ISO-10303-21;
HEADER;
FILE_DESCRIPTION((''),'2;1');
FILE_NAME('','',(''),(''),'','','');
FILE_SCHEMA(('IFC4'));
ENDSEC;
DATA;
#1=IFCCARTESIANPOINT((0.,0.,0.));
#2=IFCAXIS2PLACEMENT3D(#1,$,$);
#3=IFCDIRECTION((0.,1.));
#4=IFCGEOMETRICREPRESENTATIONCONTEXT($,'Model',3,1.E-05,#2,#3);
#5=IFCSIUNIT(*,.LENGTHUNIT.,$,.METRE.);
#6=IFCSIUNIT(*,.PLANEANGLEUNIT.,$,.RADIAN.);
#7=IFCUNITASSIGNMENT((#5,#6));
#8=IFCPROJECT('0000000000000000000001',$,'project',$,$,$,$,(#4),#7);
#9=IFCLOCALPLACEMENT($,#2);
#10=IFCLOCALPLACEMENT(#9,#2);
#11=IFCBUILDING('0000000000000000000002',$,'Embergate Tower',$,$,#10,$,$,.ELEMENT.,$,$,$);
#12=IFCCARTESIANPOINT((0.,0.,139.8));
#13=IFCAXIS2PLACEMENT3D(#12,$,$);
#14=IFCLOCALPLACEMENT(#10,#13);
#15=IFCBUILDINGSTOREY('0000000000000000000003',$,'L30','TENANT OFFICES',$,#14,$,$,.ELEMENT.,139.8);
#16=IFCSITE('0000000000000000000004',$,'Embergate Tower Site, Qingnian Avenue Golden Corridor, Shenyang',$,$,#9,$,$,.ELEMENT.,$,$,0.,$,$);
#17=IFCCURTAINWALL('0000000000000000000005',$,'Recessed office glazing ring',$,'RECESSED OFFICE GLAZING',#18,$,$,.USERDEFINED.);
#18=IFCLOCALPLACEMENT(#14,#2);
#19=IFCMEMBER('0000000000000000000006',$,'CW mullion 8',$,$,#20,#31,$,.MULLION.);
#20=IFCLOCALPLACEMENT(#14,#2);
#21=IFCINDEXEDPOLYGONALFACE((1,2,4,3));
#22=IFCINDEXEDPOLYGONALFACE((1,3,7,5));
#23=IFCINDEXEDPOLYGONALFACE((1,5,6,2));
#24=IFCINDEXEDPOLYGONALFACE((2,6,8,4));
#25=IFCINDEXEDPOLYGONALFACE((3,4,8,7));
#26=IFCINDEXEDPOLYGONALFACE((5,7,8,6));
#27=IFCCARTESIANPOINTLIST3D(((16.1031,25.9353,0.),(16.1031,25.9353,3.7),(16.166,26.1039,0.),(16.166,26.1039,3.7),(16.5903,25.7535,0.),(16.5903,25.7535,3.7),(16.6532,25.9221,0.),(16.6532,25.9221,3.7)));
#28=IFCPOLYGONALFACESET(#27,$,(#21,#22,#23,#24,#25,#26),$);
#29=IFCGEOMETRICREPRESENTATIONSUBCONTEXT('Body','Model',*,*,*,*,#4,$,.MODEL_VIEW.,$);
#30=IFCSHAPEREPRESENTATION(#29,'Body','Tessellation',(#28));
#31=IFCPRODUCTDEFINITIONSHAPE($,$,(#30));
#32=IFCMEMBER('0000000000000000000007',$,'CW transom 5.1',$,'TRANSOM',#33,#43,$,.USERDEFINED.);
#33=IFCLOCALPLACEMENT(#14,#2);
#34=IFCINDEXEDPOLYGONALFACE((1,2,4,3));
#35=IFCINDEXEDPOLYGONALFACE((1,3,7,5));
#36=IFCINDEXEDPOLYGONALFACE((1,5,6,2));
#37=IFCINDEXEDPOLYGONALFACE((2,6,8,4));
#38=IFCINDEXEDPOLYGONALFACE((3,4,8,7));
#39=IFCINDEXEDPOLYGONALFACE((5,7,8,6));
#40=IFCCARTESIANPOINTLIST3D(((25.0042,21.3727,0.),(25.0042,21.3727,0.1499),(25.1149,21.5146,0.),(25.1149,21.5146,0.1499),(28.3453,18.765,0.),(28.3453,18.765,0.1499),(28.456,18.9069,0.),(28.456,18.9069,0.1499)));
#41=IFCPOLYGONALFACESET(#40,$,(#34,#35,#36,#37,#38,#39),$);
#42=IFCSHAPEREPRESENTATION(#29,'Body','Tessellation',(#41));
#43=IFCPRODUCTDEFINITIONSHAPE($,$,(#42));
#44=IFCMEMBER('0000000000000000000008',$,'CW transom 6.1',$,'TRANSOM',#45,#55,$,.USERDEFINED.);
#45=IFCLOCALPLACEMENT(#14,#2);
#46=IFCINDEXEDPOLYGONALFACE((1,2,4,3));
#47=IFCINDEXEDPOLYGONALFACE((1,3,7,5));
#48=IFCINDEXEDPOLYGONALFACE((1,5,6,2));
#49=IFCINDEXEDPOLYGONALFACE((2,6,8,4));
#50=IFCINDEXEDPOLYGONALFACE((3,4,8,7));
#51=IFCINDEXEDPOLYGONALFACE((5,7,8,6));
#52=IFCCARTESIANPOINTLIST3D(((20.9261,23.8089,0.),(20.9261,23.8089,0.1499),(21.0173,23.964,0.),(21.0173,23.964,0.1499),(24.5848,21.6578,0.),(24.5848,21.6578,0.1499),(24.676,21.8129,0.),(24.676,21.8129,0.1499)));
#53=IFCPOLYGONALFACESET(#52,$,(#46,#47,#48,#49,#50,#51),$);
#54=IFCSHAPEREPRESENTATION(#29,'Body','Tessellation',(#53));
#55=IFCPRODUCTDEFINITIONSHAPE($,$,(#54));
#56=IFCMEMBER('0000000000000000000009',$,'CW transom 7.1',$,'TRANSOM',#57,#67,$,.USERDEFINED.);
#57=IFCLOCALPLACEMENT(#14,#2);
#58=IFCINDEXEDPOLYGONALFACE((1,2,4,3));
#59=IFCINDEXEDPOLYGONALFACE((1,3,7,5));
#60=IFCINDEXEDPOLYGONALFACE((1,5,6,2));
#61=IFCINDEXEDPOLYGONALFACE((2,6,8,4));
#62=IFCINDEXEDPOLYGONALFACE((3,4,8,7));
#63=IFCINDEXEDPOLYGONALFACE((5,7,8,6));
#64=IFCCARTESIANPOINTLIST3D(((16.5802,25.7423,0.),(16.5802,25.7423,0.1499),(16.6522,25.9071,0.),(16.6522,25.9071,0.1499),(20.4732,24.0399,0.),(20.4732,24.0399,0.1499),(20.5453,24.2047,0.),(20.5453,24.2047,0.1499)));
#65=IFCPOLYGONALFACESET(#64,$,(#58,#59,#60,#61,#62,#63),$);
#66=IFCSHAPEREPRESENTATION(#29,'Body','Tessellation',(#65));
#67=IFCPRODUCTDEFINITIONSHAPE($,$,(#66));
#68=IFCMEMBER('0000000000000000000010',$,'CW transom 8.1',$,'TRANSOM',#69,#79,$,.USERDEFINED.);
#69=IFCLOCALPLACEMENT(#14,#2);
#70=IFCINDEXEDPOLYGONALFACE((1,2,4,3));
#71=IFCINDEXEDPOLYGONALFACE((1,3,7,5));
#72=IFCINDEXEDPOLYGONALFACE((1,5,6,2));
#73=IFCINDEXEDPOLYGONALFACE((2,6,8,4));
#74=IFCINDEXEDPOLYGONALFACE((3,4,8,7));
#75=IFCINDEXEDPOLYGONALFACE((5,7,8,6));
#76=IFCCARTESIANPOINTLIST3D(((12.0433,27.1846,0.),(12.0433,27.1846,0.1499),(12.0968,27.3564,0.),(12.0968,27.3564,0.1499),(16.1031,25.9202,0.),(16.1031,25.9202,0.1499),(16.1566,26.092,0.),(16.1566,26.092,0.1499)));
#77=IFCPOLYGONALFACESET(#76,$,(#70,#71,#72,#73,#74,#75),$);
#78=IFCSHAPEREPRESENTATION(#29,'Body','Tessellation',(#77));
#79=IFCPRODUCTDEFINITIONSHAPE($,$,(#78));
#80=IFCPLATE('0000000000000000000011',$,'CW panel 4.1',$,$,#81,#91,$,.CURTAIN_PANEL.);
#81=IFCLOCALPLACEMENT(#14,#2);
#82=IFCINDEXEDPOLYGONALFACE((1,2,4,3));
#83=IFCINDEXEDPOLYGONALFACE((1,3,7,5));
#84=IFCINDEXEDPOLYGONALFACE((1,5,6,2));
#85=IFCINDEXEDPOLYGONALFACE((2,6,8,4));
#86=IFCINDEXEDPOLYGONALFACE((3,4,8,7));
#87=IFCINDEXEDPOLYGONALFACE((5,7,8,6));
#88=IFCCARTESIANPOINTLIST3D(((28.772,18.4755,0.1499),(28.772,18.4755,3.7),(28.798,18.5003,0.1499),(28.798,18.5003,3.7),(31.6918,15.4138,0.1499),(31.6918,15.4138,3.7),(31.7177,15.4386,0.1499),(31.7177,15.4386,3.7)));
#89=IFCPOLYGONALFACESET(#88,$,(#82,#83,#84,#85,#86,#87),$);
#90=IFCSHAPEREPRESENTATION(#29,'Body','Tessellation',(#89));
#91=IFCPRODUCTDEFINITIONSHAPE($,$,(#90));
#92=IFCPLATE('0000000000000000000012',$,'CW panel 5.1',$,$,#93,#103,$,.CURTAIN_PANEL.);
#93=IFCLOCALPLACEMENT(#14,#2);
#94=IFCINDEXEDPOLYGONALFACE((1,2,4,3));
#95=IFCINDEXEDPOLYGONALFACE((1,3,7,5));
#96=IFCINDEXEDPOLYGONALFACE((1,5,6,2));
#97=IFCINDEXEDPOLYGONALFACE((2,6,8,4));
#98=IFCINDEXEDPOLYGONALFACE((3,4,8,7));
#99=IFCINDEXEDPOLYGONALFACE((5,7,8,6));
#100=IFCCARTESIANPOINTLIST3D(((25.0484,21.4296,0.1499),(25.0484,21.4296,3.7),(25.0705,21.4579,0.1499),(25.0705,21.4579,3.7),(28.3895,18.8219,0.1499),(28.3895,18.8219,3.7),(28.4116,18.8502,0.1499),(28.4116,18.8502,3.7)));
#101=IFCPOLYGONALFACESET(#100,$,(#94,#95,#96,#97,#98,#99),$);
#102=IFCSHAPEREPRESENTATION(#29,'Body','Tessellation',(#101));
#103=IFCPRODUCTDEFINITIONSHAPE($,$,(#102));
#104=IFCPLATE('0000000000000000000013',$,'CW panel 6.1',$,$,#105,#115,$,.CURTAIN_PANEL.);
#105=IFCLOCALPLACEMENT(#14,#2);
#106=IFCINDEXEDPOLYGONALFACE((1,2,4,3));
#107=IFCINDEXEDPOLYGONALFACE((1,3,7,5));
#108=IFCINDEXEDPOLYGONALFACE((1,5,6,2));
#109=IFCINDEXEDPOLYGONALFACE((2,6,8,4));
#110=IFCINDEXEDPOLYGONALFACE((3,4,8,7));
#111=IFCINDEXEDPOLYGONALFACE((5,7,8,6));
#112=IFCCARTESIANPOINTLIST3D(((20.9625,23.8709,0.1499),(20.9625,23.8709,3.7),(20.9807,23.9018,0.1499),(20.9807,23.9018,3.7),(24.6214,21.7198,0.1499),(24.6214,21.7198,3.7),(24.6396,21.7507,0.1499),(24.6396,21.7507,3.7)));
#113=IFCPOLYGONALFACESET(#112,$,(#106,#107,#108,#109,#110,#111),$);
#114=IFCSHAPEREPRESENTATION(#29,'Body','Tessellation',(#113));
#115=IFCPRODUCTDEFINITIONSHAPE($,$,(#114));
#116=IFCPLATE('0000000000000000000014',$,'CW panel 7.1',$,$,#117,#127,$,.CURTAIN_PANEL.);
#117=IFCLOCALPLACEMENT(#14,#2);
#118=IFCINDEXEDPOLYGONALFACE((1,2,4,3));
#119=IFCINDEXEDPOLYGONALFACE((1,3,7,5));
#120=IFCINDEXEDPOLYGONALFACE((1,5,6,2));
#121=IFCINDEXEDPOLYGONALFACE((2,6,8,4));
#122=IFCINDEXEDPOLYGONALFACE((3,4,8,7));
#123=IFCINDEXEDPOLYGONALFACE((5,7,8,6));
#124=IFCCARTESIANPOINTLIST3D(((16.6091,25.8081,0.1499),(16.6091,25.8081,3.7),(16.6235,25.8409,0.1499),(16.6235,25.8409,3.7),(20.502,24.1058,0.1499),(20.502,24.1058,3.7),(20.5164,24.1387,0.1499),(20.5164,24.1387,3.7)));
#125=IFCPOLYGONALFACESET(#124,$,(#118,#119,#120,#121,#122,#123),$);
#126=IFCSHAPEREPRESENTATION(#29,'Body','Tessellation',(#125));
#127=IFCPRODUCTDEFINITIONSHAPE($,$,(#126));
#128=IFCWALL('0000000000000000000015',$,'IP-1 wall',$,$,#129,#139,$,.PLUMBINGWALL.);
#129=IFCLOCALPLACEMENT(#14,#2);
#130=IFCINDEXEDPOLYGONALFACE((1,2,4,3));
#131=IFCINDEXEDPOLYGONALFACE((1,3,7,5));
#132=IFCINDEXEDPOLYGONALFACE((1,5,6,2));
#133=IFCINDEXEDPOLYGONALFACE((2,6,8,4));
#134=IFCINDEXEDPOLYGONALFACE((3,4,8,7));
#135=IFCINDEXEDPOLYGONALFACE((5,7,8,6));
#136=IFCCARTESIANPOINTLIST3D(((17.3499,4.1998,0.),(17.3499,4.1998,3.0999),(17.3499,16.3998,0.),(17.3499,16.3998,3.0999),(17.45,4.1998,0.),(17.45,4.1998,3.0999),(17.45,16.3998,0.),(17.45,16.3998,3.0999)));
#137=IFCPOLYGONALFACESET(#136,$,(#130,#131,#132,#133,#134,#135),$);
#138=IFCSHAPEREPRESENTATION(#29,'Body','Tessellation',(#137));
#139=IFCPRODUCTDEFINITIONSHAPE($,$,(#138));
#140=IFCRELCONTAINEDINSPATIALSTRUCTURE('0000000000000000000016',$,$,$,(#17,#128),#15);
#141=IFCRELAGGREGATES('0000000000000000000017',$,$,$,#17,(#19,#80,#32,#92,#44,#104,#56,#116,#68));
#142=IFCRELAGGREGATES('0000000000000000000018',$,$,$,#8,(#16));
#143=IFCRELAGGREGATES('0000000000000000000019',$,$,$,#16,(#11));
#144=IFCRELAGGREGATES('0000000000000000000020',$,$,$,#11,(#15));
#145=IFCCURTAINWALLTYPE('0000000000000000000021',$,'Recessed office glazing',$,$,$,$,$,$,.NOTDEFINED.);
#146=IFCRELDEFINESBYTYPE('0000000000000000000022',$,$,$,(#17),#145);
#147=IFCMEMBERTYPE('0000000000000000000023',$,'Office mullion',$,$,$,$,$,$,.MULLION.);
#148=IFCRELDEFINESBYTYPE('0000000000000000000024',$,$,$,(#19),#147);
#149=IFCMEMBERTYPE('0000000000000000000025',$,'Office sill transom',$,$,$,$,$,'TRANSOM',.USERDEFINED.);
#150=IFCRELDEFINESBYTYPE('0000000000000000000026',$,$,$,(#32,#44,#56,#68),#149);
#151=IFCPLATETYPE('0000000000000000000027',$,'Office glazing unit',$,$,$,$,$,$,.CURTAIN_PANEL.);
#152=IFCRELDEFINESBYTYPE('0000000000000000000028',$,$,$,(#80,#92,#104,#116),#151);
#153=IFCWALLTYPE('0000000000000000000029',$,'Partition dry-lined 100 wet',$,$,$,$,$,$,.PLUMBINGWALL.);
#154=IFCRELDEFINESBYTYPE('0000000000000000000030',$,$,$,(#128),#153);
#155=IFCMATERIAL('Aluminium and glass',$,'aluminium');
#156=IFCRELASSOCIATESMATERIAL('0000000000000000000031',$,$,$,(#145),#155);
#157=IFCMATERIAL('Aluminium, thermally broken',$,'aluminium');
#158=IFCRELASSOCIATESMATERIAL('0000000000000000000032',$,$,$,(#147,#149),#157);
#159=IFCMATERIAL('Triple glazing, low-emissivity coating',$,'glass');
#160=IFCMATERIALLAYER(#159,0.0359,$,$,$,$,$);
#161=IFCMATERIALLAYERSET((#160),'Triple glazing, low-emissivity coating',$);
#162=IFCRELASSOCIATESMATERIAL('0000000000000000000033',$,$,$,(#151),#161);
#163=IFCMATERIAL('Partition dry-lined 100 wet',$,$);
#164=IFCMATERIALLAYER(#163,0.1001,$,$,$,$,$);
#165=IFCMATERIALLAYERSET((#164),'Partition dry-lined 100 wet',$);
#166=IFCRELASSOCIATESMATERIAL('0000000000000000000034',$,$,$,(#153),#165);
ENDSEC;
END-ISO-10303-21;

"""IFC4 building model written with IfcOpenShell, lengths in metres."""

from ifc_helpers import new_model, si_unit, direction, frame, frame_2d, origin, origin_2d, place, context, subcontext, project, spatial, rectangle, extrude, source, transform, mapped, material, layer, layer_set, material_profile, profile_set, type_object, element, aggregate, save


model = new_model("IFC4")

# Units and contexts
model_context = context("Model", 3, precision=1e-05, world=origin(), true_north=direction((0.0, 1.0)))
body_context = subcontext(model_context, "Body", "Model", "MODEL_VIEW")
ifc_project = project(units=[si_unit("LENGTHUNIT", "METRE"), si_unit("PLANEANGLEUNIT", "RADIAN")], contexts=[model_context])

# Site, building, storey
site_placement = place(None, origin())
site = spatial("IfcSite", under=ifc_project, at=site_placement, Name="Embergate Tower Site, Qingnian Avenue Golden Corridor, Shenyang", CompositionType="ELEMENT", RefElevation=0.0)
building_placement = place(site_placement, origin())
building = spatial("IfcBuilding", under=site, at=building_placement, Name="Embergate Tower", CompositionType="ELEMENT")
storey_placement = place(building_placement, frame((0.0, 0.0, 139.8)))
storey = spatial("IfcBuildingStorey", under=building, at=storey_placement, Name="L30", Description="TENANT OFFICES", CompositionType="ELEMENT", Elevation=139.8)

# Curtain wall, members, plates
ifc_material_1 = material(Name="Aluminium and glass", Category="aluminium")
curtain_wall_type = type_object("IfcCurtainWallType", Name="Recessed office glazing", PredefinedType="NOTDEFINED", material=ifc_material_1)
curtain_wall_placement = place(storey_placement, origin())
curtain_wall = element("IfcCurtainWall", 1, at=curtain_wall_placement, inside=storey, type_object=curtain_wall_type, Name="Recessed office glazing ring", ObjectType="RECESSED OFFICE GLAZING", PredefinedType="USERDEFINED")
ifc_material_2 = material(Name="Aluminium, thermally broken", Category="aluminium")
ifc_material_profile_1 = material_profile(ifc_material_2, rectangle(XDim=0.1799, YDim=0.52, at=origin_2d()), Name="AL 520x180")
ifc_profile_set_1 = profile_set([ifc_material_profile_1], Name="Aluminium, thermally broken")
member_type_1 = type_object("IfcMemberType", Name="Office mullion", PredefinedType="MULLION", material=ifc_profile_set_1)
shared_shape_1 = source(origin(), body_context, "Body", "SweptSolid", [
    extrude(rectangle(XDim=0.1799, YDim=0.52, at=origin_2d()), origin(), (0.0, 0.0, 1.0), 3.7),
])
member_1_placement = place(storey_placement, frame((16.3782, 25.9287, 0.0), z_axis=(0.0, 0.0, 1.0), x_axis=(-0.349501, -0.936936, 0.0)))
member_1 = element("IfcMember", 2, at=member_1_placement, type_object=member_type_1, Name="CW mullion 8", PredefinedType="MULLION", context=body_context, shape_type="MappedRepresentation", body=[
    mapped(shared_shape_1, transform((0.0, 0.0, 0.0))),
])
ifc_material_profile_2 = material_profile(ifc_material_2, rectangle(XDim=0.1799, YDim=0.1499, at=origin_2d()), Name="AL 150x180")
ifc_profile_set_2 = profile_set([ifc_material_profile_2], Name="Aluminium, thermally broken")
member_type_2 = type_object("IfcMemberType", Name="Office sill transom", ElementType="TRANSOM", PredefinedType="USERDEFINED", material=ifc_profile_set_2)
shared_shape_2 = source(origin(), body_context, "Body", "SweptSolid", [
    extrude(rectangle(XDim=0.1799, YDim=0.1499, at=origin_2d()), origin(), (0.0, 0.0, 1.0), 4.2383),
])
member_2_placement = place(storey_placement, frame((28.4006, 18.8359, 0.075), z_axis=(-0.788315, 0.615272, 0.0), x_axis=(-0.615272, -0.788315, 0.0)))
member_2 = element("IfcMember", 3, at=member_2_placement, type_object=member_type_2, Name="CW transom 5.1", ObjectType="TRANSOM", PredefinedType="USERDEFINED", context=body_context, shape_type="MappedRepresentation", body=[
    mapped(shared_shape_2, transform((0.0, 0.0, 0.0))),
])
shared_shape_3 = source(origin(), body_context, "Body", "SweptSolid", [
    extrude(rectangle(XDim=0.1799, YDim=0.1499, at=origin_2d()), origin(), (0.0, 0.0, 1.0), 4.2441),
])
member_3_placement = place(storey_placement, frame((24.6304, 21.7354, 0.075), z_axis=(-0.862042, 0.506837, 0.0), x_axis=(-0.506837, -0.862042, 0.0)))
member_3 = element("IfcMember", 4, at=member_3_placement, type_object=member_type_2, Name="CW transom 6.1", ObjectType="TRANSOM", PredefinedType="USERDEFINED", context=body_context, shape_type="MappedRepresentation", body=[
    mapped(shared_shape_3, transform((0.0, 0.0, 0.0))),
])
shared_shape_4 = source(origin(), body_context, "Body", "SweptSolid", [
    extrude(rectangle(XDim=0.1799, YDim=0.1499, at=origin_2d()), origin(), (0.0, 0.0, 1.0), 4.249),
])
member_4_placement = place(storey_placement, frame((20.5093, 24.1223, 0.075), z_axis=(-0.916229, 0.400656, 0.0), x_axis=(-0.400656, -0.916229, 0.0)))
member_4 = element("IfcMember", 5, at=member_4_placement, type_object=member_type_2, Name="CW transom 7.1", ObjectType="TRANSOM", PredefinedType="USERDEFINED", context=body_context, shape_type="MappedRepresentation", body=[
    mapped(shared_shape_4, transform((0.0, 0.0, 0.0))),
])
shared_shape_5 = source(origin(), body_context, "Body", "SweptSolid", [
    extrude(rectangle(XDim=0.1799, YDim=0.1499, at=origin_2d()), origin(), (0.0, 0.0, 1.0), 4.2522),
])
member_5_placement = place(storey_placement, frame((16.1299, 26.0061, 0.075), z_axis=(-0.954767, 0.297356, 0.0), x_axis=(-0.297356, -0.954767, 0.0)))
member_5 = element("IfcMember", 6, at=member_5_placement, type_object=member_type_2, Name="CW transom 8.1", ObjectType="TRANSOM", PredefinedType="USERDEFINED", context=body_context, shape_type="MappedRepresentation", body=[
    mapped(shared_shape_5, transform((0.0, 0.0, 0.0))),
])
ifc_material_3 = material(Name="Triple glazing, low-emissivity coating", Category="glass")
ifc_layer_1 = layer(ifc_material_3, 0.0359)
ifc_layer_set_1 = layer_set([ifc_layer_1], Name="Triple glazing, low-emissivity coating")
plate_type = type_object("IfcPlateType", Name="Office glazing unit", PredefinedType="CURTAIN_PANEL", material=ifc_layer_set_1)
shared_shape_6 = source(origin(), body_context, "Body", "SweptSolid", [
    extrude(rectangle(XDim=4.2307, YDim=0.0359, at=origin_2d()), origin(), (0.0, 0.0, 1.0), 3.55),
])
plate_1_placement = place(storey_placement, frame((30.2449, 16.957, 0.1499), z_axis=(0.0, 0.0, 1.0), x_axis=(-0.690138, 0.723678, 0.0)))
plate_1 = element("IfcPlate", 7, at=plate_1_placement, type_object=plate_type, Name="CW panel 4.1", PredefinedType="CURTAIN_PANEL", context=body_context, shape_type="MappedRepresentation", body=[
    mapped(shared_shape_6, transform((0.0, 0.0, 0.0))),
])
shared_shape_7 = source(origin(), body_context, "Body", "SweptSolid", [
    extrude(rectangle(XDim=4.2383, YDim=0.0359, at=origin_2d()), origin(), (0.0, 0.0, 1.0), 3.55),
])
plate_2_placement = place(storey_placement, frame((26.73, 20.1399, 0.1499), z_axis=(0.0, 0.0, 1.0), x_axis=(-0.788322, 0.615263, 0.0)))
plate_2 = element("IfcPlate", 8, at=plate_2_placement, type_object=plate_type, Name="CW panel 5.1", PredefinedType="CURTAIN_PANEL", context=body_context, shape_type="MappedRepresentation", body=[
    mapped(shared_shape_7, transform((0.0, 0.0, 0.0))),
])
shared_shape_8 = source(origin(), body_context, "Body", "SweptSolid", [
    extrude(rectangle(XDim=4.2444, YDim=0.0359, at=origin_2d()), origin(), (0.0, 0.0, 1.0), 3.55),
])
plate_3_placement = place(storey_placement, frame((22.801, 22.8108, 0.1499), z_axis=(0.0, 0.0, 1.0), x_axis=(-0.862055, 0.506815, 0.0)))
plate_3 = element("IfcPlate", 9, at=plate_3_placement, type_object=plate_type, Name="CW panel 6.1", PredefinedType="CURTAIN_PANEL", context=body_context, shape_type="MappedRepresentation", body=[
    mapped(shared_shape_8, transform((0.0, 0.0, 0.0))),
])
shared_shape_9 = source(origin(), body_context, "Body", "SweptSolid", [
    extrude(rectangle(XDim=4.2488, YDim=0.0359, at=origin_2d()), origin(), (0.0, 0.0, 1.0), 3.55),
])
plate_4_placement = place(storey_placement, frame((18.5627, 24.9734, 0.1499), z_axis=(0.0, 0.0, 1.0), x_axis=(-0.916237, 0.400637, 0.0)))
plate_4 = element("IfcPlate", 10, at=plate_4_placement, type_object=plate_type, Name="CW panel 7.1", PredefinedType="CURTAIN_PANEL", context=body_context, shape_type="MappedRepresentation", body=[
    mapped(shared_shape_9, transform((0.0, 0.0, 0.0))),
])
aggregate(curtain_wall, [member_1, plate_1, member_2, plate_2, member_3, plate_3, member_4, plate_4, member_5])

# Wall
ifc_material_4 = material(Name="Partition dry-lined 100 wet")
ifc_layer_2 = layer(ifc_material_4, 0.1001)
ifc_layer_set_2 = layer_set([ifc_layer_2], Name="Partition dry-lined 100 wet")
wall_type = type_object("IfcWallType", Name="Partition dry-lined 100 wet", PredefinedType="PLUMBINGWALL", material=ifc_layer_set_2)
shared_shape_10 = source(origin(), body_context, "Body", "SweptSolid", [
    extrude(rectangle(XDim=12.2, YDim=0.1001, at=frame_2d((6.1001, 0.0))), origin(), (0.0, 0.0, 1.0), 3.0999),
])
wall_placement = place(storey_placement, frame((17.3999, 16.3999, 0.0), z_axis=(0.0, 0.0, 1.0), x_axis=(0.0, -1.0, 0.0)))
element("IfcWall", 11, at=wall_placement, inside=storey, type_object=wall_type, Name="IP-1 wall", PredefinedType="PLUMBINGWALL", context=body_context, shape_type="MappedRepresentation", body=[
    mapped(shared_shape_10, transform((0.0, 0.0, 0.0))),
])

save(model, "model.ifc")
